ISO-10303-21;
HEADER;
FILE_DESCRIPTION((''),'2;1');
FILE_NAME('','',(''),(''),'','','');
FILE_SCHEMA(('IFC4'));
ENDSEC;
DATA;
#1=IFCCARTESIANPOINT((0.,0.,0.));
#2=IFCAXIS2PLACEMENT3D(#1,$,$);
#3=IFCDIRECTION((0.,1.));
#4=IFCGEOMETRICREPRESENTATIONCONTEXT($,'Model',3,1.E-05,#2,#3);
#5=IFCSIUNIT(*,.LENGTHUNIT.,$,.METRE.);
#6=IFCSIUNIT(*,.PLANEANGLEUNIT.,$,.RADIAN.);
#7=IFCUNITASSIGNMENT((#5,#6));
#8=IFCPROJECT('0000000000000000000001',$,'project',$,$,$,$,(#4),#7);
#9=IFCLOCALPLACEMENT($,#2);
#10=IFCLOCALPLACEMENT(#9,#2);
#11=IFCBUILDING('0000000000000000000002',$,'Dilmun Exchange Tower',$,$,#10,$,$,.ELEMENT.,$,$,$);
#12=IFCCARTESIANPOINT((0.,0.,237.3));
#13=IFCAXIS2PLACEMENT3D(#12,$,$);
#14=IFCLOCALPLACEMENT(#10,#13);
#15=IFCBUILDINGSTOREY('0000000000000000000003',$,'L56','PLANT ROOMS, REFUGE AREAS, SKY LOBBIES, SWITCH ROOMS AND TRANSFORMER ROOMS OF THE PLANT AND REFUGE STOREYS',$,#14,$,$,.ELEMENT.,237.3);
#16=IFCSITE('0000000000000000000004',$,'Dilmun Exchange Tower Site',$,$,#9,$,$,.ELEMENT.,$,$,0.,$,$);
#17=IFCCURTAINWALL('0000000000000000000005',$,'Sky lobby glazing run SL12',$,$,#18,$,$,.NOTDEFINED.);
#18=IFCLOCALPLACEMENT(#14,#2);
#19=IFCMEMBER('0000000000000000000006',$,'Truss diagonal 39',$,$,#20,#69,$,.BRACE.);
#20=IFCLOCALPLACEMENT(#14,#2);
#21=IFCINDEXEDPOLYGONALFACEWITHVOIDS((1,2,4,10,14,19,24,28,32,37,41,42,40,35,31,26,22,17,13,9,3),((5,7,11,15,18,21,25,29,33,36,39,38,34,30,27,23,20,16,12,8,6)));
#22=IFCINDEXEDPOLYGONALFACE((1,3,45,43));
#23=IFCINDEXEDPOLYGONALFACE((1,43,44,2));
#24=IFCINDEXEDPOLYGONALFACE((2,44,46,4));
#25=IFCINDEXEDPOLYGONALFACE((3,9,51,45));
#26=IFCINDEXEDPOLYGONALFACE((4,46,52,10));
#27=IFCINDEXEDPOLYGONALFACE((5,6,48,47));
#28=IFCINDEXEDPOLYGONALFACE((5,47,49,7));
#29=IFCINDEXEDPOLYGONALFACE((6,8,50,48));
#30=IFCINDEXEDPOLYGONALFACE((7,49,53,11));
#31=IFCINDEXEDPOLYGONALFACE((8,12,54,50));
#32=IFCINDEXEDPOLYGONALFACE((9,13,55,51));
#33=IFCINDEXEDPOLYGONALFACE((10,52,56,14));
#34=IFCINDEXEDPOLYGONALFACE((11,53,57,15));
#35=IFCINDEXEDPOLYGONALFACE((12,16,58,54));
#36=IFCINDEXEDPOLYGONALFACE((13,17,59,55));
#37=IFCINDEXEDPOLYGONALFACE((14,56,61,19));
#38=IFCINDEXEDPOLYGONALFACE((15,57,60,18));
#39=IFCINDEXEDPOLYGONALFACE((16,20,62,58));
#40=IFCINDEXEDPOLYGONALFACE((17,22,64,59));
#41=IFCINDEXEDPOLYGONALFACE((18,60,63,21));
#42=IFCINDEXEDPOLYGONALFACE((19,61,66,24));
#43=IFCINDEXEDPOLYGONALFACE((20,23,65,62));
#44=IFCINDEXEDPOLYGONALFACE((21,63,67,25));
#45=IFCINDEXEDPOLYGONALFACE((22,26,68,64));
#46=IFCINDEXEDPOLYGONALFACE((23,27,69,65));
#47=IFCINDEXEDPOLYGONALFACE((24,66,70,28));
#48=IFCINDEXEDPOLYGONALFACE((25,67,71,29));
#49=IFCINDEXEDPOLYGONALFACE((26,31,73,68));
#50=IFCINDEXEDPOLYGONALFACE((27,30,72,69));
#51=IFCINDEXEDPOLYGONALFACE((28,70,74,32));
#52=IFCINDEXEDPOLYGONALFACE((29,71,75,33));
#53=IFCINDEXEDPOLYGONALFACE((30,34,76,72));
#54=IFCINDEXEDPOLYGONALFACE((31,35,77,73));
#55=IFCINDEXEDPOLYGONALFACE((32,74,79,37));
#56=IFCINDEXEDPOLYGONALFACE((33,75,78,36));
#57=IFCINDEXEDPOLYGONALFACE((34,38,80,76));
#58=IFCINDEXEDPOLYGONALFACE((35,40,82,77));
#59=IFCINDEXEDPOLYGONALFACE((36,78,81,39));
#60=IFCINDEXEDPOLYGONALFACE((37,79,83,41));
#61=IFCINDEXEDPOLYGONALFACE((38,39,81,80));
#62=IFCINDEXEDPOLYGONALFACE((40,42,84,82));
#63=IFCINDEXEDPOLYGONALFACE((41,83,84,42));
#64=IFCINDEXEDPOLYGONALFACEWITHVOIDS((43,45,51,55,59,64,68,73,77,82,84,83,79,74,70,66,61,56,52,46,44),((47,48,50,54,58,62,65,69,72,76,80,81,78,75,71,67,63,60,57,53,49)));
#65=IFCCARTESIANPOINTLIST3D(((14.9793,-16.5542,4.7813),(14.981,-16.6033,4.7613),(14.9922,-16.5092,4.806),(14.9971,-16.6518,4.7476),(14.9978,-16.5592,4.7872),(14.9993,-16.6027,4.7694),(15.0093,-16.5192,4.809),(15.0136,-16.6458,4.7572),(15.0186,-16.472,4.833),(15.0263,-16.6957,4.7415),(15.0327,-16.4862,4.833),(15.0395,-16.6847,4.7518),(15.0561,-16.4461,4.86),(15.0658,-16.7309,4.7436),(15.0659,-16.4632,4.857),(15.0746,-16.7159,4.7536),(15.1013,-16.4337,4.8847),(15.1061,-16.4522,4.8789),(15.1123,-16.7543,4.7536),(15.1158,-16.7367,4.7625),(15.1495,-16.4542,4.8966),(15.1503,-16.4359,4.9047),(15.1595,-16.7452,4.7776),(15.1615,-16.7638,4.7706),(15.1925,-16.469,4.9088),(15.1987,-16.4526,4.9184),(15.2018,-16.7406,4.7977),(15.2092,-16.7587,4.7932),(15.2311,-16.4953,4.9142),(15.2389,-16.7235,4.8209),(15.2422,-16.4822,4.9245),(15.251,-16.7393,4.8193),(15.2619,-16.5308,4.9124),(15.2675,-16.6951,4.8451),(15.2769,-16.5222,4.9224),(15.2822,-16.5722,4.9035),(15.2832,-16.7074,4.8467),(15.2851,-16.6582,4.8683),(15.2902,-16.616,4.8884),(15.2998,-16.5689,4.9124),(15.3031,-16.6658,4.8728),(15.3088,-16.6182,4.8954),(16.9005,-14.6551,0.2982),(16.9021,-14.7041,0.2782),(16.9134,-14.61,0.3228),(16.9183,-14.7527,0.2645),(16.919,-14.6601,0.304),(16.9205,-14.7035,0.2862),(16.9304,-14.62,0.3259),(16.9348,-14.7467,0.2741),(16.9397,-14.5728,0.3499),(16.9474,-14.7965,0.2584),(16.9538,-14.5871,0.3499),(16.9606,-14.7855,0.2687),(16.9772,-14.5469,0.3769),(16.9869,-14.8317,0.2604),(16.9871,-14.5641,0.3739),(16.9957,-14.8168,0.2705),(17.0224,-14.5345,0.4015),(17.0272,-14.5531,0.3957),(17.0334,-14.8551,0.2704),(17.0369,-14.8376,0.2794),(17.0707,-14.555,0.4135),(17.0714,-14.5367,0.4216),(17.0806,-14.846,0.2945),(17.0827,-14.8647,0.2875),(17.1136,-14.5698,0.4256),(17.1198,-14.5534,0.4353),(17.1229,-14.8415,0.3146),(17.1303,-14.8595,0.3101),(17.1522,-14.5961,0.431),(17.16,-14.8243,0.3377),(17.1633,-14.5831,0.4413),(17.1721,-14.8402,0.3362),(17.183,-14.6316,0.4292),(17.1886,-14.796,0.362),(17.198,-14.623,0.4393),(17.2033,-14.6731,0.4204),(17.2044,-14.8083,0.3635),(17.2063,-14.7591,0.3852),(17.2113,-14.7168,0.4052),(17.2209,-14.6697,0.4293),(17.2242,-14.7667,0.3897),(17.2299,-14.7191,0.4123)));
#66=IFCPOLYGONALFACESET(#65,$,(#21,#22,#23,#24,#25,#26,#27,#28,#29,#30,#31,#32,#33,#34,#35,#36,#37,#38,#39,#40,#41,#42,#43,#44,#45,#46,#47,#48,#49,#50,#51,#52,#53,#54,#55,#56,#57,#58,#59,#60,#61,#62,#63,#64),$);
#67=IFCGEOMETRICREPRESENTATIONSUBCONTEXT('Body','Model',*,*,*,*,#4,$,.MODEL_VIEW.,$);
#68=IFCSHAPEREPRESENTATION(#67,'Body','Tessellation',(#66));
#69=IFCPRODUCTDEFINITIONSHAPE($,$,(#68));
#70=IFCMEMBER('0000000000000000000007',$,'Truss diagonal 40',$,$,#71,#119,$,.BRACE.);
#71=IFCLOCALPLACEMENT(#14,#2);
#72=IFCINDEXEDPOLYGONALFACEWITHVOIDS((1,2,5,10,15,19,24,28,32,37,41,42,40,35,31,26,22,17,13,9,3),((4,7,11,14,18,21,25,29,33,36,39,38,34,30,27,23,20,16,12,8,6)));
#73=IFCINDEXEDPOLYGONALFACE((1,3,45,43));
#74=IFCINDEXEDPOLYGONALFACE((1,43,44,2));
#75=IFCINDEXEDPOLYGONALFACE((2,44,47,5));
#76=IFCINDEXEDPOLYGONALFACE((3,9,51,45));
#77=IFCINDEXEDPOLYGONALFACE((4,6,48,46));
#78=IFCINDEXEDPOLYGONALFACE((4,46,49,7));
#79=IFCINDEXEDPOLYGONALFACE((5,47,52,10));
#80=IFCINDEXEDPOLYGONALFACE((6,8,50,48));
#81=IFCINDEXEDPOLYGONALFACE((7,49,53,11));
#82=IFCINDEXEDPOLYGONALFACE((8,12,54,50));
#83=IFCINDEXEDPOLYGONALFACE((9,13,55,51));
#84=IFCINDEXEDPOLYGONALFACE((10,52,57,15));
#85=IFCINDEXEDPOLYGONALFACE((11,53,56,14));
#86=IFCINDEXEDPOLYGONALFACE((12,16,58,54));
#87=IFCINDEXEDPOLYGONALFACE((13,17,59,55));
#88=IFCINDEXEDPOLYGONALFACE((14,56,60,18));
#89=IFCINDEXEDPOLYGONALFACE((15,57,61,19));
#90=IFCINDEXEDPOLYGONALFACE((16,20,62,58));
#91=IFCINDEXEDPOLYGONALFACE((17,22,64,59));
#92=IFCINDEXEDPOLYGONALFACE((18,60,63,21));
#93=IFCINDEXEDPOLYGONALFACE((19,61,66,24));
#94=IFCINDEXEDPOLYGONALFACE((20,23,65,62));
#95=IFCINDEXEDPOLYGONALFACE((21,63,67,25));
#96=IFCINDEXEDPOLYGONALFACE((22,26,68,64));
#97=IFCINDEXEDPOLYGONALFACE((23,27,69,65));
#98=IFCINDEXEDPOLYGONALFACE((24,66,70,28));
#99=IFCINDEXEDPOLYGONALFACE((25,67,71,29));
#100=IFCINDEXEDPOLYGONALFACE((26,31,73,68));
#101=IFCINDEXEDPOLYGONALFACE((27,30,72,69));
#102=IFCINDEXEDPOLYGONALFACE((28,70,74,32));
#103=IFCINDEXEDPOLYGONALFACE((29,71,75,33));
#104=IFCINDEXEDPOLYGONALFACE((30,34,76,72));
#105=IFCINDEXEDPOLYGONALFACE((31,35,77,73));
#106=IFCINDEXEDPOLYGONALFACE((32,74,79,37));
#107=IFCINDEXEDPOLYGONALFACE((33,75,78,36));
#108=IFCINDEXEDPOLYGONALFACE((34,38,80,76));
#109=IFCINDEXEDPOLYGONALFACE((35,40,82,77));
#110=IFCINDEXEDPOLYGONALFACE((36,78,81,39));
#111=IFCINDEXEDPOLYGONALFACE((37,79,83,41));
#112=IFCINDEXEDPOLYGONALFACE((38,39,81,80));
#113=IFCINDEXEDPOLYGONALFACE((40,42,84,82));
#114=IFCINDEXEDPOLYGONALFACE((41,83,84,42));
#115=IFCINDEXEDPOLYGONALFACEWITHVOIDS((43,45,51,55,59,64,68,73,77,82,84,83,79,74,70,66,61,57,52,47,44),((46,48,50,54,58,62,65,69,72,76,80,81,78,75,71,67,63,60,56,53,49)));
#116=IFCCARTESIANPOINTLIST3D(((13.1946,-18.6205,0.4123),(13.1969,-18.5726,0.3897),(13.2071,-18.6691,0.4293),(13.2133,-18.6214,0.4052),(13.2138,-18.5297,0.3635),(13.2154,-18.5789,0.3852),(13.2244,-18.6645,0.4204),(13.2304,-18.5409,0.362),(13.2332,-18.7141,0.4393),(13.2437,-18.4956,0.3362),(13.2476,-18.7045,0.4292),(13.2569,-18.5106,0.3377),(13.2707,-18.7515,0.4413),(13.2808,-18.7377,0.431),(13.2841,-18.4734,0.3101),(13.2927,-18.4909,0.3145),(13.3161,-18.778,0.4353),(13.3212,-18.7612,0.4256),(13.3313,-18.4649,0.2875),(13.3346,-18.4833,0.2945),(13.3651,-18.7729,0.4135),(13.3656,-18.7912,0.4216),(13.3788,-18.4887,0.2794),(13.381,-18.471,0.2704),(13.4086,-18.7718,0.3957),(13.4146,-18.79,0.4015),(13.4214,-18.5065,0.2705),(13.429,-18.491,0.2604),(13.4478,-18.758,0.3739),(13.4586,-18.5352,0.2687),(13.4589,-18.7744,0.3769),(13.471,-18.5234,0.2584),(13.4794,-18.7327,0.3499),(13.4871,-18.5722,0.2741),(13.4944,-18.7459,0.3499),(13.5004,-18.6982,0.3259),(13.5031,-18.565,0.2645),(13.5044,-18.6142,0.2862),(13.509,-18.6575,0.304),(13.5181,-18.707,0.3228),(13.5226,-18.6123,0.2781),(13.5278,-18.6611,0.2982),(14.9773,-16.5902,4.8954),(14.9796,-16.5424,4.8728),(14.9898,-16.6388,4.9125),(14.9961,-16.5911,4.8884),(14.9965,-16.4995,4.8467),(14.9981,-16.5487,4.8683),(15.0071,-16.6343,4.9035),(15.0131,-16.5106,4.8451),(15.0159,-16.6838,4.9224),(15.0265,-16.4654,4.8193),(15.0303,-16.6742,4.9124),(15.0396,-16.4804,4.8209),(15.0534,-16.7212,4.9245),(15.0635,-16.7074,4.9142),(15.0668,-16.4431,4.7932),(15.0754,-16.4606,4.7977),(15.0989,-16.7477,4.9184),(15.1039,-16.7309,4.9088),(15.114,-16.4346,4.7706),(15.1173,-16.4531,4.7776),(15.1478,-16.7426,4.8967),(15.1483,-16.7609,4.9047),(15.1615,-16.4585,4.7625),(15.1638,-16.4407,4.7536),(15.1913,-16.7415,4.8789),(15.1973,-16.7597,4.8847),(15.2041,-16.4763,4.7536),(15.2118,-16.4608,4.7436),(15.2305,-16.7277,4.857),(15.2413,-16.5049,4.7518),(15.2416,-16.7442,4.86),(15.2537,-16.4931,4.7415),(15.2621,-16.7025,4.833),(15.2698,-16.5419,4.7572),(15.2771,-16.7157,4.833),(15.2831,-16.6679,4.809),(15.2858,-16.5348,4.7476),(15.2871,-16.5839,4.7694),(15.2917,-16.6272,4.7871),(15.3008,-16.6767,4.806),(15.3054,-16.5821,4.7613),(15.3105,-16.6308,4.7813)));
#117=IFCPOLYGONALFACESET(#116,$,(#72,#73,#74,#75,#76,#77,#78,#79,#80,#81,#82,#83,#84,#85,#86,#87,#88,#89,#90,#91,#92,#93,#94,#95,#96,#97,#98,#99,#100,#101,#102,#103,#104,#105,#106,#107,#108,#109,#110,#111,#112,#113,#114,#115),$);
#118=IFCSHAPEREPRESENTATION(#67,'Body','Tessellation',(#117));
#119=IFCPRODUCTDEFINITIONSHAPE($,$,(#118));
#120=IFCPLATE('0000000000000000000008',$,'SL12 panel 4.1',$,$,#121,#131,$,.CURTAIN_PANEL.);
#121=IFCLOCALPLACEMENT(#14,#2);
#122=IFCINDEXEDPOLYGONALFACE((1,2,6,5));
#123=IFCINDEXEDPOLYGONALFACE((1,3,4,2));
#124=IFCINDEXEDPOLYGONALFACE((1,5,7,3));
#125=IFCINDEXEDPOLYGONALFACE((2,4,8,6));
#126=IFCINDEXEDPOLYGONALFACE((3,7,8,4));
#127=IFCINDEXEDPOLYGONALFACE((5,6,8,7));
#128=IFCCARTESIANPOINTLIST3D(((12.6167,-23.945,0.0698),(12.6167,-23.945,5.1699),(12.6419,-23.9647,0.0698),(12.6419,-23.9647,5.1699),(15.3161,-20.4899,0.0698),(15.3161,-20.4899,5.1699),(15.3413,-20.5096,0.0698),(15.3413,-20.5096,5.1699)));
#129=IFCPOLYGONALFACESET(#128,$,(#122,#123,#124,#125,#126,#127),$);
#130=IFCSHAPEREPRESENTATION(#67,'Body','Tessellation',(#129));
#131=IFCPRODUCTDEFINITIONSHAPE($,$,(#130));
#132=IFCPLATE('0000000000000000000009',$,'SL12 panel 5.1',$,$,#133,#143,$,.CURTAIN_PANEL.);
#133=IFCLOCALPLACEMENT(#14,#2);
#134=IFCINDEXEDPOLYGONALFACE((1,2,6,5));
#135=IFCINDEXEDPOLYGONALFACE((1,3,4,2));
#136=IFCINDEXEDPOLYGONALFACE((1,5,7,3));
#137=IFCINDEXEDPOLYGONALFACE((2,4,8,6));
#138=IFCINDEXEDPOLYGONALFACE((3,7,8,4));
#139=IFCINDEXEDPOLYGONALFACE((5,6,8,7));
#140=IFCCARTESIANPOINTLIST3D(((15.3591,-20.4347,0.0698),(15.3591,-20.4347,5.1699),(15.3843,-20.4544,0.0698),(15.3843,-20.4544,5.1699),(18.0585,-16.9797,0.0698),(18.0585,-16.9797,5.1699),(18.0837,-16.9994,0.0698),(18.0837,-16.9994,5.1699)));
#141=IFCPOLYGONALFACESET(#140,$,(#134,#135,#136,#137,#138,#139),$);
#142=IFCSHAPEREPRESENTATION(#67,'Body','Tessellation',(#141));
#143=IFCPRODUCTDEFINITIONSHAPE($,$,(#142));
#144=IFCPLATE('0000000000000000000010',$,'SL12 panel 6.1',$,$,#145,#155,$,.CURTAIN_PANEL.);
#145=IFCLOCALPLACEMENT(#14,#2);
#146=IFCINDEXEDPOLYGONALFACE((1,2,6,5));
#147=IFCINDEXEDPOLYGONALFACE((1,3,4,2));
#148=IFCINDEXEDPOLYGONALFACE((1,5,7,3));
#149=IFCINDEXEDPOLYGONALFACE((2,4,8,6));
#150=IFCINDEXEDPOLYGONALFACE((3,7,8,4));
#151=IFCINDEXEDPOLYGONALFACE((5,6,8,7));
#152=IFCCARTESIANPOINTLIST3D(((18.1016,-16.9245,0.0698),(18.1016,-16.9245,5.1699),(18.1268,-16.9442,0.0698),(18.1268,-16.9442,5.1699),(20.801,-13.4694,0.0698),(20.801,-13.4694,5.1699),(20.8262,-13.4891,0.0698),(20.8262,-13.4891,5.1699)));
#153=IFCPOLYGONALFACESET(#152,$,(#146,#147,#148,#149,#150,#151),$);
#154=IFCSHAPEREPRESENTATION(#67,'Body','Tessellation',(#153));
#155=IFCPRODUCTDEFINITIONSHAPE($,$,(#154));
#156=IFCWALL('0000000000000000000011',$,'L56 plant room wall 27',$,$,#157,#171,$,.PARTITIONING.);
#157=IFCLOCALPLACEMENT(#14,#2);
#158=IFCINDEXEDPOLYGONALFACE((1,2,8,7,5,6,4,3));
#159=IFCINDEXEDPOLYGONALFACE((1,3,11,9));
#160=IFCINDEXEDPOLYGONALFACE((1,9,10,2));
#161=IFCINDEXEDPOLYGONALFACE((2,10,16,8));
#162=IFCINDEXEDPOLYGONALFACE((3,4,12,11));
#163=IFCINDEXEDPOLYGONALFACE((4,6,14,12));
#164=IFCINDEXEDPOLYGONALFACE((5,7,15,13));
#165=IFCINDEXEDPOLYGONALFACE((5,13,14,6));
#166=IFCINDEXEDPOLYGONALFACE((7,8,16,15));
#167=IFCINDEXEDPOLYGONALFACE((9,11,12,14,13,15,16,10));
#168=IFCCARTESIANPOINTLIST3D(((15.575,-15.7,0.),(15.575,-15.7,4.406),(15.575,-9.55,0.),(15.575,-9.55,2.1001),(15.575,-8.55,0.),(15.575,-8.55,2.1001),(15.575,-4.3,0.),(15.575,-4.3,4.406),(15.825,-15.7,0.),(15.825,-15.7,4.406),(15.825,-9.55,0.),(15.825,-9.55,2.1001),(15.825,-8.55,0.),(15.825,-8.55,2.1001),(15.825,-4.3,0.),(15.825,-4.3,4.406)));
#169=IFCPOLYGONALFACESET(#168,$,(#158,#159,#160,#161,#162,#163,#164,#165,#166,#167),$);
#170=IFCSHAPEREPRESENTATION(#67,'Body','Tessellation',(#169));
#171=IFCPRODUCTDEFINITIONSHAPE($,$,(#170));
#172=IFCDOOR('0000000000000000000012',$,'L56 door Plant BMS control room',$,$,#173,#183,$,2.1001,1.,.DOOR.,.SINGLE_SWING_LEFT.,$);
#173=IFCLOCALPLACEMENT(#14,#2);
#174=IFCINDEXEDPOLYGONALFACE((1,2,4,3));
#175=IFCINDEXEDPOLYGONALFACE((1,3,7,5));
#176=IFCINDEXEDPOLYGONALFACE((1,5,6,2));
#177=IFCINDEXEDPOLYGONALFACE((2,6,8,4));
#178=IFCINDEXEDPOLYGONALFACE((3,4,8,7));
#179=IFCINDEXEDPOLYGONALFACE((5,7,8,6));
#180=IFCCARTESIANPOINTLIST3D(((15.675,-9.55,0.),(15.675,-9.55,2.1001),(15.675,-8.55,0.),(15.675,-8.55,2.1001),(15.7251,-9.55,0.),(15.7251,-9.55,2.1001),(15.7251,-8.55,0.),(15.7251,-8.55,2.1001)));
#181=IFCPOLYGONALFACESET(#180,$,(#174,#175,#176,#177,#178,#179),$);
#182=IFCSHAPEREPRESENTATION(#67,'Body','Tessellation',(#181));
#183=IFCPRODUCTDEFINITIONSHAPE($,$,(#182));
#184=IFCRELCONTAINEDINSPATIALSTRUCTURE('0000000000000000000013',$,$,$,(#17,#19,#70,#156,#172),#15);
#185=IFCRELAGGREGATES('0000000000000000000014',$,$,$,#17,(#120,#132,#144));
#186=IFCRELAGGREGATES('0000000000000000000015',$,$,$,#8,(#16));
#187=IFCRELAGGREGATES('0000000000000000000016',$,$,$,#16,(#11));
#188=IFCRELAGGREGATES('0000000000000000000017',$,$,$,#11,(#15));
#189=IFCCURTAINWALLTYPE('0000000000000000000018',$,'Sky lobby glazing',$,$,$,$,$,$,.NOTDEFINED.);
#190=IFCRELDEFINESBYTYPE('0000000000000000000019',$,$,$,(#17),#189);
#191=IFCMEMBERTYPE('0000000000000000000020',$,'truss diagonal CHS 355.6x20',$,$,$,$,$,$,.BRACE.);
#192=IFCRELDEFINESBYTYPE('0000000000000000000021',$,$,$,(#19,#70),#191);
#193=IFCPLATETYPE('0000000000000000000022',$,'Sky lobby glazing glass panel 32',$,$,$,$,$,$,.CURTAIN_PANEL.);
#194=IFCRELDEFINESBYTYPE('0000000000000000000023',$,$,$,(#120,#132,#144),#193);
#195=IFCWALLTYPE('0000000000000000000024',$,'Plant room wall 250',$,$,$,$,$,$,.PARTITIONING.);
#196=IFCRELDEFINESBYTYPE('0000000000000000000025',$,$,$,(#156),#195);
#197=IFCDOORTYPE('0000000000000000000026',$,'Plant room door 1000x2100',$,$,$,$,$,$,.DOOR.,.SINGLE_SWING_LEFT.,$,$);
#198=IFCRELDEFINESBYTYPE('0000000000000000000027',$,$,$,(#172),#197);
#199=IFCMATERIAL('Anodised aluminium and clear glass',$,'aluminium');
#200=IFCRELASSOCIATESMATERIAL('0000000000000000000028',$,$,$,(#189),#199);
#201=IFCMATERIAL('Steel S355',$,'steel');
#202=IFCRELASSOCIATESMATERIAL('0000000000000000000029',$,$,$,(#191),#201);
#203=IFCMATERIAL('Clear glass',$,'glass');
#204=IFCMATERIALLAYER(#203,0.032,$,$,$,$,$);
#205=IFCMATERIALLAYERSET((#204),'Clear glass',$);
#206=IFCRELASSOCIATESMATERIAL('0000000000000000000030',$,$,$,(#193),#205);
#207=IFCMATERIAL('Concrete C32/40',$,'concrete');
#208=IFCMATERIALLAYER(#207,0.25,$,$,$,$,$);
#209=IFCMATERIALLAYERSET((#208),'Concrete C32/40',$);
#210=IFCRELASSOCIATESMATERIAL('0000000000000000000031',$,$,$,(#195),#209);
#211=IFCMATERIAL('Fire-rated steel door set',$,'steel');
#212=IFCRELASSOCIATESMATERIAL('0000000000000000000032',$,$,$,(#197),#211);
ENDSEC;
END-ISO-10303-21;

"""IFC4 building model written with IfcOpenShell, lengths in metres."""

from ifc_helpers import new_model, si_unit, direction, frame, frame_2d, origin, origin_2d, place, context, subcontext, project, spatial, rectangle, hollow_circle, extrude, material, layer, layer_set, material_profile, profile_set, type_object, element, fill, aggregate, save


model = new_model("IFC4")

# Units and contexts
model_context = context("Model", 3, precision=1e-05, world=origin(), true_north=direction((0.0, 1.0)))
body_context = subcontext(model_context, "Body", "Model", "MODEL_VIEW")
ifc_project = project(units=[si_unit("LENGTHUNIT", "METRE"), si_unit("PLANEANGLEUNIT", "RADIAN")], contexts=[model_context])

# Site, building, storey
site_placement = place(None, origin())
site = spatial("IfcSite", under=ifc_project, at=site_placement, Name="Dilmun Exchange Tower Site", CompositionType="ELEMENT", RefElevation=0.0)
building_placement = place(site_placement, origin())
building = spatial("IfcBuilding", under=site, at=building_placement, Name="Dilmun Exchange Tower", CompositionType="ELEMENT")
storey_placement = place(building_placement, frame((0.0, 0.0, 237.3)))
storey = spatial("IfcBuildingStorey", under=building, at=storey_placement, Name="L56", Description="PLANT ROOMS, REFUGE AREAS, SKY LOBBIES, SWITCH ROOMS AND TRANSFORMER ROOMS OF THE PLANT AND REFUGE STOREYS", CompositionType="ELEMENT", Elevation=237.3)

# Curtain wall
ifc_material_1 = material(Name="Anodised aluminium and clear glass", Category="aluminium")
curtain_wall_type = type_object("IfcCurtainWallType", Name="Sky lobby glazing", PredefinedType="NOTDEFINED", material=ifc_material_1)
curtain_wall_placement = place(storey_placement, origin())
curtain_wall = element("IfcCurtainWall", 1, at=curtain_wall_placement, inside=storey, type_object=curtain_wall_type, Name="Sky lobby glazing run SL12", PredefinedType="NOTDEFINED")

# Shared definitions
ifc_material_2 = material(Name="Steel S355", Category="steel")

# Members
ifc_material_profile_1 = material_profile(ifc_material_2, hollow_circle(Radius=0.1777, WallThickness=0.02, at=origin_2d()), Name="CHS 355.6x20")
ifc_profile_set_1 = profile_set([ifc_material_profile_1], Name="Steel S355")
member_type_1 = type_object("IfcMemberType", Name="truss diagonal CHS 355.6x20", PredefinedType="BRACE", material=ifc_profile_set_1)
member_1_placement = place(storey_placement, frame((15.1436, -16.5984, 4.833), z_axis=(0.36704, 0.362842, -0.85652), x_axis=(-0.703028, 0.711162, 0.0)))
element("IfcMember", 2, at=member_1_placement, inside=storey, type_object=member_type_1, Name="Truss diagonal 39", PredefinedType="BRACE", context=body_context, shape_type="SweptSolid", body=[
    extrude(hollow_circle(Radius=0.1777, WallThickness=0.02, at=origin_2d()), origin(), (0.0, 0.0, 1.0), 5.2341),
])
member_2_placement = place(storey_placement, frame((15.1436, -16.5984, 4.833), z_axis=(-0.340578, -0.387873, -0.856482), x_axis=(0.751434, -0.659809, 0.0)))
element("IfcMember", 3, at=member_2_placement, inside=storey, type_object=member_type_1, Name="Truss diagonal 40", PredefinedType="BRACE", context=body_context, shape_type="SweptSolid", body=[
    extrude(hollow_circle(Radius=0.1777, WallThickness=0.02, at=origin_2d()), origin(), (0.0, 0.0, 1.0), 5.2344),
])

# Plates
ifc_material_3 = material(Name="Clear glass", Category="glass")
ifc_layer_1 = layer(ifc_material_3, 0.032)
ifc_layer_set_1 = layer_set([ifc_layer_1], Name="Clear glass")
plate_type = type_object("IfcPlateType", Name="Sky lobby glazing glass panel 32", PredefinedType="CURTAIN_PANEL", material=ifc_layer_set_1)
plate_1_placement = place(storey_placement, frame((13.979, -22.2273, 0.0698), z_axis=(0.0, 0.0, 1.0), x_axis=(0.615662, 0.788011, 0.0)))
plate_1 = element("IfcPlate", 4, at=plate_1_placement, type_object=plate_type, Name="SL12 panel 4.1", PredefinedType="CURTAIN_PANEL", context=body_context, shape_type="SweptSolid", body=[
    extrude(rectangle(XDim=4.3845, YDim=0.032, at=origin_2d()), origin(), (0.0, 0.0, 1.0), 5.1001),
])
plate_2_placement = place(storey_placement, frame((16.7214, -18.717, 0.0698), z_axis=(0.0, 0.0, 1.0), x_axis=(0.615662, 0.788011, 0.0)))
plate_2 = element("IfcPlate", 5, at=plate_2_placement, type_object=plate_type, Name="SL12 panel 5.1", PredefinedType="CURTAIN_PANEL", context=body_context, shape_type="SweptSolid", body=[
    extrude(rectangle(XDim=4.3845, YDim=0.032, at=origin_2d()), origin(), (0.0, 0.0, 1.0), 5.1001),
])
plate_3_placement = place(storey_placement, frame((19.4639, -15.2068, 0.0698), z_axis=(0.0, 0.0, 1.0), x_axis=(0.615662, 0.788011, 0.0)))
plate_3 = element("IfcPlate", 6, at=plate_3_placement, type_object=plate_type, Name="SL12 panel 6.1", PredefinedType="CURTAIN_PANEL", context=body_context, shape_type="SweptSolid", body=[
    extrude(rectangle(XDim=4.3845, YDim=0.032, at=origin_2d()), origin(), (0.0, 0.0, 1.0), 5.1001),
])
aggregate(curtain_wall, [plate_1, plate_2, plate_3])

# Wall, opening, door
ifc_material_4 = material(Name="Concrete C32/40", Category="concrete")
ifc_layer_2 = layer(ifc_material_4, 0.25)
ifc_layer_set_2 = layer_set([ifc_layer_2], Name="Concrete C32/40")
wall_type = type_object("IfcWallType", Name="Plant room wall 250", PredefinedType="PARTITIONING", material=ifc_layer_set_2)
wall_placement = place(storey_placement, frame((15.7, -15.7, 0.0), z_axis=(0.0, 0.0, 1.0), x_axis=(0.0, 1.0, 0.0)))
wall = element("IfcWall", 7, at=wall_placement, inside=storey, type_object=wall_type, Name="L56 plant room wall 27", PredefinedType="PARTITIONING", context=body_context, shape_type="SweptSolid", body=[
    extrude(rectangle(XDim=11.3999, YDim=0.25, at=frame_2d((5.7, 0.0))), origin(), (0.0, 0.0, 1.0), 4.406),
])
opening_placement = place(wall_placement, frame((6.1499, 0.0, 0.0)))
opening = element("IfcOpeningElement", 8, at=opening_placement, cuts=wall, PredefinedType="OPENING", context=body_context, shape_type="SweptSolid", body=[
    extrude(rectangle(XDim=1.0, YDim=2.1001, at=frame_2d((0.5, 1.05))), frame((0.0, 0.135, 0.0), z_axis=(0.0, -1.0, 0.0), x_axis=(1.0, 0.0, 0.0)), (0.0, 0.0, 1.0), 0.27),
])
ifc_material_5 = material(Name="Fire-rated steel door set", Category="steel")
door_type = type_object("IfcDoorType", Name="Plant room door 1000x2100", OperationType="SINGLE_SWING_LEFT", PredefinedType="DOOR", material=ifc_material_5)
door_placement = place(opening_placement, origin())
door = element("IfcDoor", 9, at=door_placement, inside=storey, type_object=door_type, Name="L56 door Plant BMS control room", OperationType="SINGLE_SWING_LEFT", OverallHeight=2.1001, OverallWidth=1.0, PredefinedType="DOOR", context=body_context, shape_type="SweptSolid", body=[
    extrude(rectangle(XDim=1.0, YDim=2.1001, at=frame_2d((0.5, 1.05))), frame((0.0, 0.0249, 0.0), z_axis=(0.0, -1.0, 0.0), x_axis=(1.0, 0.0, 0.0)), (0.0, 0.0, 1.0), 0.05),
])
fill(opening, door)

save(model, "model.ifc")
